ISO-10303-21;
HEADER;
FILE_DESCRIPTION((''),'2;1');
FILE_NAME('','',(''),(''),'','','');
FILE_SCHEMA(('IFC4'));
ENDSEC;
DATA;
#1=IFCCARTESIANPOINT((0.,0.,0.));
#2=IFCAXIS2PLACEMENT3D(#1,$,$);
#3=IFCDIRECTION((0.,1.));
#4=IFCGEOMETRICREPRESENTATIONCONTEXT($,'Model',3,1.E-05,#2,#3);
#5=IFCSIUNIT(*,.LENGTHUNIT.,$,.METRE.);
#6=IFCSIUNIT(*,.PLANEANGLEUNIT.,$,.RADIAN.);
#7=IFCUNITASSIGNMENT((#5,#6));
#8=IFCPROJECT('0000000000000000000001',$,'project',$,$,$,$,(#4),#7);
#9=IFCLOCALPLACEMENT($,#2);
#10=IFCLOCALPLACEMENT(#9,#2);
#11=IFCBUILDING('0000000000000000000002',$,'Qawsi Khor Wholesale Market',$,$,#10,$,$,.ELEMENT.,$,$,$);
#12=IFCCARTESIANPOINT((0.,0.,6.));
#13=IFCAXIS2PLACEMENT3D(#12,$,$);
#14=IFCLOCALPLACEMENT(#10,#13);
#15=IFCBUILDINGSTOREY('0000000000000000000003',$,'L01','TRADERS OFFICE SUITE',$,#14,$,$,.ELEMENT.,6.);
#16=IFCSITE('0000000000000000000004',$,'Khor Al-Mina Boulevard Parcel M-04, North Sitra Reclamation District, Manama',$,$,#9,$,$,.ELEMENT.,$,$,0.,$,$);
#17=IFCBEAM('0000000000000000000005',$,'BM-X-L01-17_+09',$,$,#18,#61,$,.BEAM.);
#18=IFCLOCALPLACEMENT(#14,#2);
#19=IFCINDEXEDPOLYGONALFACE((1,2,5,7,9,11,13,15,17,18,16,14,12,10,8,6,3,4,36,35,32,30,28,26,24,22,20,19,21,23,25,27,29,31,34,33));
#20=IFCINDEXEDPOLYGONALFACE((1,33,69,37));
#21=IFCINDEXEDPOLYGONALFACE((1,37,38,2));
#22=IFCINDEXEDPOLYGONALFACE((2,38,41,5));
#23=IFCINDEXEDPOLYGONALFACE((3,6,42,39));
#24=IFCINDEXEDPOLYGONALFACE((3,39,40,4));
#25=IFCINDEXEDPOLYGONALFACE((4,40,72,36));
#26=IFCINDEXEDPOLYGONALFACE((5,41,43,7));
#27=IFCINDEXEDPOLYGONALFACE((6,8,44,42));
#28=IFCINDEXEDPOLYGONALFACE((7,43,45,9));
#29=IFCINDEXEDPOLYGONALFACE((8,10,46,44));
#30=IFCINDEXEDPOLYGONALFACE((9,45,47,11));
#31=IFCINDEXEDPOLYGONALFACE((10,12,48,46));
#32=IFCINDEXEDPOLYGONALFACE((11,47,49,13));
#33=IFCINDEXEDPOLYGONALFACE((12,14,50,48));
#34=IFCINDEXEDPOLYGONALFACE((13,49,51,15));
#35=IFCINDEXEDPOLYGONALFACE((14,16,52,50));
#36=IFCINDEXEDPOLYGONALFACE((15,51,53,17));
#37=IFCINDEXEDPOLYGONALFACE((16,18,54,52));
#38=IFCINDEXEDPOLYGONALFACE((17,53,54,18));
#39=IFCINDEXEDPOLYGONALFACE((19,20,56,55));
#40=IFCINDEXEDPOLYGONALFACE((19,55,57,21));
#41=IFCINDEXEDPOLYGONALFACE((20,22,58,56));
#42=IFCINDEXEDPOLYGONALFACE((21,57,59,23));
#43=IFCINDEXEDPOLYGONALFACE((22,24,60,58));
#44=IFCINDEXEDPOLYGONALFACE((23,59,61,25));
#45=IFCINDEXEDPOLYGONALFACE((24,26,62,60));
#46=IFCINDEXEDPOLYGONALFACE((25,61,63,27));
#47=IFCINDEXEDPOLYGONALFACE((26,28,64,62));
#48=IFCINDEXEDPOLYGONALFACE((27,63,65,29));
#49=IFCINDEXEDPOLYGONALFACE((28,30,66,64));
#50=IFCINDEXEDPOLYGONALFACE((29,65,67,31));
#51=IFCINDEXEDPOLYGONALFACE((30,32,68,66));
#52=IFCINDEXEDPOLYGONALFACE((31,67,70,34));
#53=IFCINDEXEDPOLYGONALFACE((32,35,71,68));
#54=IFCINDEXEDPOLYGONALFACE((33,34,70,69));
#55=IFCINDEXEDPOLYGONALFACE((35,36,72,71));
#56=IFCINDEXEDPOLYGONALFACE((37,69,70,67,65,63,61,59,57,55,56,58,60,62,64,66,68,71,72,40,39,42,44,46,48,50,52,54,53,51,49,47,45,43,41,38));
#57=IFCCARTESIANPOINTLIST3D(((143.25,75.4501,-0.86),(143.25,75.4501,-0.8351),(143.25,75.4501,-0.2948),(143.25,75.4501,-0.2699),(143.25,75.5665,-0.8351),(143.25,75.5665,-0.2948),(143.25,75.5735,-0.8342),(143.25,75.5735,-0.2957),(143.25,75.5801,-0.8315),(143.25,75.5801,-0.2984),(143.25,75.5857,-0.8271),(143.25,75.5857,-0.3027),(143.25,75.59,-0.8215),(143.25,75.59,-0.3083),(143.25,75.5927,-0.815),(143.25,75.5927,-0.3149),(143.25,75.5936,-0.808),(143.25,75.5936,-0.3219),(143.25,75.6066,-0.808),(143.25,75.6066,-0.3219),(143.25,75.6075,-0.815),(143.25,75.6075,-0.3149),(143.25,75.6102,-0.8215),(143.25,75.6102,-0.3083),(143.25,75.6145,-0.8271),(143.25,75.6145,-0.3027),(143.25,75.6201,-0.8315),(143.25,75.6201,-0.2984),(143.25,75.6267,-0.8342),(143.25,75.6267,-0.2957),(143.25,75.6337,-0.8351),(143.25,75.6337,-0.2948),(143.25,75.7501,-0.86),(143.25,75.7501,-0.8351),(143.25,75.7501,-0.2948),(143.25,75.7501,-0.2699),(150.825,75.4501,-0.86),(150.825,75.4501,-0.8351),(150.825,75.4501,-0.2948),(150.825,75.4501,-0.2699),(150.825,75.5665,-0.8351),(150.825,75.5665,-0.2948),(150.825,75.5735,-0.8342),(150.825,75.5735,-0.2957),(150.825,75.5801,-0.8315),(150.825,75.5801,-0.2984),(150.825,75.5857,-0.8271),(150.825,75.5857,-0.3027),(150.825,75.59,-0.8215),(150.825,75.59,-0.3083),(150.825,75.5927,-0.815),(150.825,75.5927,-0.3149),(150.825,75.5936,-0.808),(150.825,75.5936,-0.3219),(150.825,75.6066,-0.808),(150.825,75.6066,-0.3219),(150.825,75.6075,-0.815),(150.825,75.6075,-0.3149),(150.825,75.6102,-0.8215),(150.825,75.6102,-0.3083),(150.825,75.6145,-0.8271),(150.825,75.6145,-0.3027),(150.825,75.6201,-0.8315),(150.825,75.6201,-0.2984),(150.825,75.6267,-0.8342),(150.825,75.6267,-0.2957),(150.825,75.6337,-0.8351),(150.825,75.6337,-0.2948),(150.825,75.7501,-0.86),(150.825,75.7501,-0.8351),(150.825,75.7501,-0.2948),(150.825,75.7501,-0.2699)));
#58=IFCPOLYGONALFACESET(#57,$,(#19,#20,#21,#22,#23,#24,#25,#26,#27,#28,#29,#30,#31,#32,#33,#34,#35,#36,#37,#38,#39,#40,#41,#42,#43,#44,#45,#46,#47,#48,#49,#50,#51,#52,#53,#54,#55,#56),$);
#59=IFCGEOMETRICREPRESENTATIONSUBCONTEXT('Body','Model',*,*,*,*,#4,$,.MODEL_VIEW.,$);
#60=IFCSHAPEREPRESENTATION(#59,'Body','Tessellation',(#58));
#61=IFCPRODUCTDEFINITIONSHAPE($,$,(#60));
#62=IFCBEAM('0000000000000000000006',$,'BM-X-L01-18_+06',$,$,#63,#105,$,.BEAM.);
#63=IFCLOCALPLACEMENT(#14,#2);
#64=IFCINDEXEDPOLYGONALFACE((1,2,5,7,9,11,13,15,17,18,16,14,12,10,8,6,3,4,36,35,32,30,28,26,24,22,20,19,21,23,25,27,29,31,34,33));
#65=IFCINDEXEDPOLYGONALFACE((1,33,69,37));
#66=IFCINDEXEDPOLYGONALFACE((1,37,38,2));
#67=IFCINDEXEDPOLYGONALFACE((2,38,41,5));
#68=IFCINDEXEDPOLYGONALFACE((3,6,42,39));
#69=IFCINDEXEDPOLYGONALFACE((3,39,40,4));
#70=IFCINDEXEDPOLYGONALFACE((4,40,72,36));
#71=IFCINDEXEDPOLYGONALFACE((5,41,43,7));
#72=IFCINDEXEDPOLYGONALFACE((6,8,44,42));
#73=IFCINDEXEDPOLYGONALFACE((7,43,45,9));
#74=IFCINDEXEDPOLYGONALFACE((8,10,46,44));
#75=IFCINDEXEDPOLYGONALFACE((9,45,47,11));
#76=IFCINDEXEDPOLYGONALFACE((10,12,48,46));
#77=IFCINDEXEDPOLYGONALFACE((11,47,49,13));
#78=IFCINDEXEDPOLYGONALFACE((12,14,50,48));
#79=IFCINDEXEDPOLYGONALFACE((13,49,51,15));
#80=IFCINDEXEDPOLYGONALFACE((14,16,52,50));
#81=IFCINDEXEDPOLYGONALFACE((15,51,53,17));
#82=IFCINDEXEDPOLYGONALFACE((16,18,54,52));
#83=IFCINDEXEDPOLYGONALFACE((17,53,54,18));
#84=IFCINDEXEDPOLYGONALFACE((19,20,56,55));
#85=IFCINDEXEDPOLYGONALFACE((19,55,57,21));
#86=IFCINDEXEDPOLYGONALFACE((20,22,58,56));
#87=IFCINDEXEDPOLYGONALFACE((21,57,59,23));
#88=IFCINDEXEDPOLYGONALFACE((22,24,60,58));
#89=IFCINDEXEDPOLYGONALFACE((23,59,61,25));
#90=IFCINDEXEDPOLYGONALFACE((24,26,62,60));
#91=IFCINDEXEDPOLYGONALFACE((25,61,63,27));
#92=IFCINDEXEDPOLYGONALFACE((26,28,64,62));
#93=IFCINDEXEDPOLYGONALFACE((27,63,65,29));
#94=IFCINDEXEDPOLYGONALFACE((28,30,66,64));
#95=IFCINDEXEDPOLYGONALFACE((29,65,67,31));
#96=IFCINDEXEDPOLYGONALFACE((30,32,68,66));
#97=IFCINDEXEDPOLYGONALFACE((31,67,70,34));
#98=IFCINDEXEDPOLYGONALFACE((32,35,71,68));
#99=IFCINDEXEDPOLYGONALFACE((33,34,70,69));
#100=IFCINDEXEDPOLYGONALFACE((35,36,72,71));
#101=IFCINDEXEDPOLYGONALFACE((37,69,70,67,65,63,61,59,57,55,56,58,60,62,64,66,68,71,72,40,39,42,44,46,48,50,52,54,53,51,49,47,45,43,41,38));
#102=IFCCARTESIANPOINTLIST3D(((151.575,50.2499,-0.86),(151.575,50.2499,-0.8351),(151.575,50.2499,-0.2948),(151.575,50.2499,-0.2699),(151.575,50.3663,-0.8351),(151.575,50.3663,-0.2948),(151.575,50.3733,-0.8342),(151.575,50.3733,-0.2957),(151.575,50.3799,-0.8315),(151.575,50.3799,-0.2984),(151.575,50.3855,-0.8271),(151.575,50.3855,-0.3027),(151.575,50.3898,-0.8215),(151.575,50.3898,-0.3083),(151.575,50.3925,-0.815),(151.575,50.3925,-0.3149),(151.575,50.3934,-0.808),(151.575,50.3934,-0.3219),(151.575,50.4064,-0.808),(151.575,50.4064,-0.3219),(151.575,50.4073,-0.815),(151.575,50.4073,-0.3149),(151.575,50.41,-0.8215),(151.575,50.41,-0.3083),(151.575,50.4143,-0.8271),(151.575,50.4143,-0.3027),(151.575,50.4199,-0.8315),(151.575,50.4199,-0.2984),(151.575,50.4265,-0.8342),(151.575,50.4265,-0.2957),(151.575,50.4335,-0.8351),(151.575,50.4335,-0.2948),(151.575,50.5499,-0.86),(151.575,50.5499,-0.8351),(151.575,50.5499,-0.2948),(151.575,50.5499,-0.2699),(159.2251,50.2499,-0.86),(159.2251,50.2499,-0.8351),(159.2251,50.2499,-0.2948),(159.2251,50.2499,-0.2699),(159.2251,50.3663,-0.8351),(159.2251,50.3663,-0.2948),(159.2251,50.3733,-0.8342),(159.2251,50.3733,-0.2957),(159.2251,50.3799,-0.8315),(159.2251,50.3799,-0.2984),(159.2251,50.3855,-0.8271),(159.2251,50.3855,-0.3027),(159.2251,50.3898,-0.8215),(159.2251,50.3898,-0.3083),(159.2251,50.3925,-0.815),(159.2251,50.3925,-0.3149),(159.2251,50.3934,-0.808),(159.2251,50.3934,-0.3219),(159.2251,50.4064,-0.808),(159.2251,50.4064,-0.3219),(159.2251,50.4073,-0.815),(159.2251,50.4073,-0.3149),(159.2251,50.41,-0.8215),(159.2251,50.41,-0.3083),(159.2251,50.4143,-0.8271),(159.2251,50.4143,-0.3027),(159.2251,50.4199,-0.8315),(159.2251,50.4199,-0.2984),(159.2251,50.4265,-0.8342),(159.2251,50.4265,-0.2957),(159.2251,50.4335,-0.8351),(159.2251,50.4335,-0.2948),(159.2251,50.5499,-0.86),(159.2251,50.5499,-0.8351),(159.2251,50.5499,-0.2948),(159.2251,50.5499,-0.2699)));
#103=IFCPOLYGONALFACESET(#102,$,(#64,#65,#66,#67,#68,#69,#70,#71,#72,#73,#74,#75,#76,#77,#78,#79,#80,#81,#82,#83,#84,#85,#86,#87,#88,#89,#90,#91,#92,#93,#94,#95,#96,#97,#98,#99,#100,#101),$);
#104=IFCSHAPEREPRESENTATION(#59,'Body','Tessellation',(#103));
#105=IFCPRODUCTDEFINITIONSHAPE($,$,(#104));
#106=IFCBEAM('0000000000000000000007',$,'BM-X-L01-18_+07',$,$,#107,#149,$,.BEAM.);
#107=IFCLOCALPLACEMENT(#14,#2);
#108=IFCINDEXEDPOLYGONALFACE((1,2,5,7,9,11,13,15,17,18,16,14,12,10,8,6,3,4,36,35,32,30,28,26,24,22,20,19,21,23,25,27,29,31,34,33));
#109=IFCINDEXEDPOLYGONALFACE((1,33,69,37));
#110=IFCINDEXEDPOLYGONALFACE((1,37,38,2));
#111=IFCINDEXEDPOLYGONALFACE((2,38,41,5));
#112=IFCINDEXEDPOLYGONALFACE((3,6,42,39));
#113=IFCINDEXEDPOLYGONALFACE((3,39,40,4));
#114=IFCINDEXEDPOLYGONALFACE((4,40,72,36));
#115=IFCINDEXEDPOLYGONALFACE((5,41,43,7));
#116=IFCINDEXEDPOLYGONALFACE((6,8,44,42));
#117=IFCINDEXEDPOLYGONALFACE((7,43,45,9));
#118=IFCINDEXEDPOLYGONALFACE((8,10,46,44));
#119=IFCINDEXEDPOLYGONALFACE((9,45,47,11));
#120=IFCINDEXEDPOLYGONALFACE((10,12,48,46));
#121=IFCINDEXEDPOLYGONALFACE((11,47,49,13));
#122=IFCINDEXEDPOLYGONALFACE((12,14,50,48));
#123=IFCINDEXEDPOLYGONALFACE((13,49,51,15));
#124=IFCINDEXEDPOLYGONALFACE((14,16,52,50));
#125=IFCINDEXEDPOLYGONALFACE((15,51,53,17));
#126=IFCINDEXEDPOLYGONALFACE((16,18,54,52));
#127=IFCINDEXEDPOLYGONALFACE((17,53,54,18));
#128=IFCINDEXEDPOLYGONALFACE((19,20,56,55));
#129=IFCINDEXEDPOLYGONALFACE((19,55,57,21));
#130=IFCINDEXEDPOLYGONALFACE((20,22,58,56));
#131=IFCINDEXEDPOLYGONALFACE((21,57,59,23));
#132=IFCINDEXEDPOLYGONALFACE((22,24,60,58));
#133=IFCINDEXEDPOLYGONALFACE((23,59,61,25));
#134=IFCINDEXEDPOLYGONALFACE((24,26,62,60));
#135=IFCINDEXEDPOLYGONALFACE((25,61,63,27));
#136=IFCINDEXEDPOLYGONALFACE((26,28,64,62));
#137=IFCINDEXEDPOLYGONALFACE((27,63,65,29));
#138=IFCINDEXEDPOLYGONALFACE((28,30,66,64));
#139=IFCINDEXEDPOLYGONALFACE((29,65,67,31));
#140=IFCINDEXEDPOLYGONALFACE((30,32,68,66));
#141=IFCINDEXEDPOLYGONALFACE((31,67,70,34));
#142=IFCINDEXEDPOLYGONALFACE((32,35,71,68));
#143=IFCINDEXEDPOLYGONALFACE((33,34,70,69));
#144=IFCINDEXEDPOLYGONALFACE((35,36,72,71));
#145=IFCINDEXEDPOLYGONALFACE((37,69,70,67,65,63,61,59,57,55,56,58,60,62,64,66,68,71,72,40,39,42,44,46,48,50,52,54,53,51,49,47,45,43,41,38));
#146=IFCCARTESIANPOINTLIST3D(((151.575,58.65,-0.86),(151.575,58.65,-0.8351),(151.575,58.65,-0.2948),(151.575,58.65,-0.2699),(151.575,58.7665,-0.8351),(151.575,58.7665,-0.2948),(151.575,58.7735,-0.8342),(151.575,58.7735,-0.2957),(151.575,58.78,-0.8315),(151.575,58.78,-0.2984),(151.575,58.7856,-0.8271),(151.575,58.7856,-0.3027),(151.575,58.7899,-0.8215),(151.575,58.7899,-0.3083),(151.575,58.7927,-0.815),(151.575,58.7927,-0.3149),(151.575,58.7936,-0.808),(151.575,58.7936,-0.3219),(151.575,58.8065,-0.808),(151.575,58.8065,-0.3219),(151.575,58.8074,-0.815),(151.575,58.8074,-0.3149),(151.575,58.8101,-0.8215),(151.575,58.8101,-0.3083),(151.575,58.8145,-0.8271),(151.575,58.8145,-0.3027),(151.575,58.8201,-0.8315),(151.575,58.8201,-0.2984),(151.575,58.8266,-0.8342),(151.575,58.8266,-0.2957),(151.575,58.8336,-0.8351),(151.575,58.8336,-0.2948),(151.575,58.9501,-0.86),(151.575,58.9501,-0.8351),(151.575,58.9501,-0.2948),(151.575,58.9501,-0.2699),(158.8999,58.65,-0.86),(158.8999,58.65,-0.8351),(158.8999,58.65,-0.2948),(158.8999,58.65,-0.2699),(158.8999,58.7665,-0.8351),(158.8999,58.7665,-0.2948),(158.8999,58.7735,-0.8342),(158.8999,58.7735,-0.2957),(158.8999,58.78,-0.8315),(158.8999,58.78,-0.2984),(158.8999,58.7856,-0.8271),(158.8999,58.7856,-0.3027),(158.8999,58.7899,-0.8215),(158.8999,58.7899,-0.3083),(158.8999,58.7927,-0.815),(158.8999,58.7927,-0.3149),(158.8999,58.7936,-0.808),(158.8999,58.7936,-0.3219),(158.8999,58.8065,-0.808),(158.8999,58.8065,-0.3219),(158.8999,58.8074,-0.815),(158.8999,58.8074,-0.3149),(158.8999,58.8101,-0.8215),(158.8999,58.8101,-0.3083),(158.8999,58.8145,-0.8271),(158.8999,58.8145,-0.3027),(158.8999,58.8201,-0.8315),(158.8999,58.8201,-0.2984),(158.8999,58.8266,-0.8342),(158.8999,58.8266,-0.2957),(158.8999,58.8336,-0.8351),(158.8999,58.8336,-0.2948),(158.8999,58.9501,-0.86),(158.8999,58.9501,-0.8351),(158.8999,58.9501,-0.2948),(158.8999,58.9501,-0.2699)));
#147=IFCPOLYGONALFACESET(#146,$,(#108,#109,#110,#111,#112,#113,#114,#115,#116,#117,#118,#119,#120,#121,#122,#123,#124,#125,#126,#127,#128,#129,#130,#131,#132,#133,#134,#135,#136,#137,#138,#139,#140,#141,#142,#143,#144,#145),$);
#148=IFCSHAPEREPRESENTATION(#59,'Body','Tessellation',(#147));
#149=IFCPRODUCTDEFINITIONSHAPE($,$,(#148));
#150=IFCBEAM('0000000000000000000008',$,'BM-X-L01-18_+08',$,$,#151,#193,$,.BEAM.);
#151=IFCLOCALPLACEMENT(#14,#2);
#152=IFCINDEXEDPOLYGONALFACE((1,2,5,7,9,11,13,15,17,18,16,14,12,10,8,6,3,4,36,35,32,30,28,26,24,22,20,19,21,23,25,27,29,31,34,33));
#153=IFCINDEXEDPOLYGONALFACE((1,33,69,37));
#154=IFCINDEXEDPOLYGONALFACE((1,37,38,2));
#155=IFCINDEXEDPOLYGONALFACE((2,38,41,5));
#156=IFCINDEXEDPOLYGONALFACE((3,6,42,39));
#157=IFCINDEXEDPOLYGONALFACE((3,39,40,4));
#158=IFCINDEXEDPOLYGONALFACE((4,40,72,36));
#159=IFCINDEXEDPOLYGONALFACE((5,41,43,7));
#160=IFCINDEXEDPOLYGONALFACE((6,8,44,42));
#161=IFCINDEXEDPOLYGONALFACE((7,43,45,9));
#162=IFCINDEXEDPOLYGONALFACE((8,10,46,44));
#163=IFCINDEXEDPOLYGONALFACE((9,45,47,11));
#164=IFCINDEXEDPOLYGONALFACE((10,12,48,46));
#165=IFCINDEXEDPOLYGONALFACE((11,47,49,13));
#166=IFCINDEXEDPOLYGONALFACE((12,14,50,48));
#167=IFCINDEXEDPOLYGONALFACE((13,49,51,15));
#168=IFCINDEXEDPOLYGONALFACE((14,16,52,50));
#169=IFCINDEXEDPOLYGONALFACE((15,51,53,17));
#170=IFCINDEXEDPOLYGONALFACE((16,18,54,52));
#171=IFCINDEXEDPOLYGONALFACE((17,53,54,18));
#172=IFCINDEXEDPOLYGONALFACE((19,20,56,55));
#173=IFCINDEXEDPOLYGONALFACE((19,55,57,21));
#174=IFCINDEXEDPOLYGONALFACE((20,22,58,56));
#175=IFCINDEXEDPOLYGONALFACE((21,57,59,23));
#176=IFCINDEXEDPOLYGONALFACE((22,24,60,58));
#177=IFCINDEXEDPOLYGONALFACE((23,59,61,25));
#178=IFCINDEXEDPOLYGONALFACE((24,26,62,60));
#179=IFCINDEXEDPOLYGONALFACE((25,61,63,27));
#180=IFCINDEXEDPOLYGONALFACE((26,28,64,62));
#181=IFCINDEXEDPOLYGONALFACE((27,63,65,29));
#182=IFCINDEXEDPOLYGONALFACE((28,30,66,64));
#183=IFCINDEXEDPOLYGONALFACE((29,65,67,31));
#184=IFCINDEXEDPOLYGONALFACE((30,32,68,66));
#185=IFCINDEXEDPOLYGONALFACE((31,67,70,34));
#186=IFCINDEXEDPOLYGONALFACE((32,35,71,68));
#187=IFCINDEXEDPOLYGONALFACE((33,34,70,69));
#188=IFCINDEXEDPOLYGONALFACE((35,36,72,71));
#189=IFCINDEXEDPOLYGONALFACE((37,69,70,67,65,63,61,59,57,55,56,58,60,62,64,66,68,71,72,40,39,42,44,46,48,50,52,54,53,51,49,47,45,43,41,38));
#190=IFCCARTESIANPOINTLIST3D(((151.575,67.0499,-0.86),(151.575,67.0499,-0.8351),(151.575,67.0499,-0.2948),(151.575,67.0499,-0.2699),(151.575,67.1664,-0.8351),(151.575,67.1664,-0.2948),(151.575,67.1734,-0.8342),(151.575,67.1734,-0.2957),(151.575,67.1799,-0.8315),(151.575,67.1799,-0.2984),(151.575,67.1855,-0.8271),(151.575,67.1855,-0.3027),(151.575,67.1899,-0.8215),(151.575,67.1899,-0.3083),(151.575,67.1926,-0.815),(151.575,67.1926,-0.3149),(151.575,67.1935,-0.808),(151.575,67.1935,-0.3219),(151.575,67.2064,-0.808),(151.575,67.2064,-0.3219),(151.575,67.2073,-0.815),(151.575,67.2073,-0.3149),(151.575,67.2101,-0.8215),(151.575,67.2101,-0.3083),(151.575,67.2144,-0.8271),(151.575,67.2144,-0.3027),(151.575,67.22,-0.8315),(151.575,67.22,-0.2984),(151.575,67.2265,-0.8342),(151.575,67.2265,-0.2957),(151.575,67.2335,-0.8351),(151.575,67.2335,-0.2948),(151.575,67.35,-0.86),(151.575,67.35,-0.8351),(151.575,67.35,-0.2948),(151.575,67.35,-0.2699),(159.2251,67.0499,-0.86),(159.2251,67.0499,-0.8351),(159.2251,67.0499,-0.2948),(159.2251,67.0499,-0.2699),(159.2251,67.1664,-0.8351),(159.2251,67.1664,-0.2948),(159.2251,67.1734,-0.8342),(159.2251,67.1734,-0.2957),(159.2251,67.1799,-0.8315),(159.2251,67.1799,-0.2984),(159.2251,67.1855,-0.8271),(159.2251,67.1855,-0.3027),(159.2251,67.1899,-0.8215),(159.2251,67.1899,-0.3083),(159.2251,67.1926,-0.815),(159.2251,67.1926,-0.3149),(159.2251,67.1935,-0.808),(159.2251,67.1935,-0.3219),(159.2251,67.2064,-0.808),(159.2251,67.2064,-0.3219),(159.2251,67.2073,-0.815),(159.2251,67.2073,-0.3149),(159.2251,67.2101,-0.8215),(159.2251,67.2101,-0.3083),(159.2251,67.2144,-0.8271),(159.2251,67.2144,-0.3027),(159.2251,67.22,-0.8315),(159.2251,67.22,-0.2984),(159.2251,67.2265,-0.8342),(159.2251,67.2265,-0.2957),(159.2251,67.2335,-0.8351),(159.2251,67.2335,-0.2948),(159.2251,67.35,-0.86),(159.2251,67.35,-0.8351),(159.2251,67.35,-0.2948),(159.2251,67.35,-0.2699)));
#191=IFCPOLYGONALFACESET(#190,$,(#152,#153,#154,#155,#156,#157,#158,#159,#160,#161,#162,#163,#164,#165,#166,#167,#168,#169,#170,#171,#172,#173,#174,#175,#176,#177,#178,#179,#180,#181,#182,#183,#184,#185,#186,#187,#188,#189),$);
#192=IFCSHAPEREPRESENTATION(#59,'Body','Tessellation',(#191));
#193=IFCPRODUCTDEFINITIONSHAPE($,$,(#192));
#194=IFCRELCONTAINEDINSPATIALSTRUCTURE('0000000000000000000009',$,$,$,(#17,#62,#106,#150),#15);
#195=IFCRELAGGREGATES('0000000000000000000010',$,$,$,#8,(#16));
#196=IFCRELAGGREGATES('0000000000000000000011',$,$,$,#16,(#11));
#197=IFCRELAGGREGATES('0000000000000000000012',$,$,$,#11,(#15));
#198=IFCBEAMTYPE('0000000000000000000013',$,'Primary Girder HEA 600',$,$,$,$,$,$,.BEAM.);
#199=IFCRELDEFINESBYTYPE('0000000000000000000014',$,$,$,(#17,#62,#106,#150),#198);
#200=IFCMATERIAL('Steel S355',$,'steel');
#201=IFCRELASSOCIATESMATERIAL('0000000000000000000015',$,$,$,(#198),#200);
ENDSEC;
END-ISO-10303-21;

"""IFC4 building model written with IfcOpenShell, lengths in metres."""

from ifc_helpers import new_model, si_unit, direction, frame, origin, origin_2d, place, context, subcontext, project, spatial, i_section, extrude, material, material_profile, profile_set, type_object, element, save


model = new_model("IFC4")

# Units and contexts
model_context = context("Model", 3, precision=1e-05, world=origin(), true_north=direction((0.0, 1.0)))
body_context = subcontext(model_context, "Body", "Model", "MODEL_VIEW")
ifc_project = project(units=[si_unit("LENGTHUNIT", "METRE"), si_unit("PLANEANGLEUNIT", "RADIAN")], contexts=[model_context])

# Site, building, storey
site_placement = place(None, origin())
site = spatial("IfcSite", under=ifc_project, at=site_placement, Name="Khor Al-Mina Boulevard Parcel M-04, North Sitra Reclamation District, Manama", CompositionType="ELEMENT", RefElevation=0.0)
building_placement = place(site_placement, origin())
building = spatial("IfcBuilding", under=site, at=building_placement, Name="Qawsi Khor Wholesale Market", CompositionType="ELEMENT")
storey_placement = place(building_placement, frame((0.0, 0.0, 6.0)))
storey = spatial("IfcBuildingStorey", under=building, at=storey_placement, Name="L01", Description="TRADERS OFFICE SUITE", CompositionType="ELEMENT", Elevation=6.0)

# Beams
ifc_material_1 = material(Name="Steel S355", Category="steel")
ifc_material_profile_1 = material_profile(ifc_material_1, i_section(OverallWidth=0.3, OverallDepth=0.5901, WebThickness=0.0129, FlangeThickness=0.0249, FilletRadius=0.0271, at=origin_2d()), Name="HEA 600")
ifc_profile_set_1 = profile_set([ifc_material_profile_1], Name="Steel S355")
beam_type_1 = type_object("IfcBeamType", Name="Primary Girder HEA 600", PredefinedType="BEAM", material=ifc_profile_set_1)
for number, where, z_axis, x_axis, name in (
    (1, (143.25, 75.6001, -0.5649), (1.0, 0.0, 0.0), (0.0, 1.0, 0.0), "BM-X-L01-17_+09"),
):
    element("IfcBeam", number, at=place(storey_placement, frame(where, z_axis=z_axis, x_axis=x_axis)), inside=storey, type_object=beam_type_1, Name=name, PredefinedType="BEAM", context=body_context, shape_type="SweptSolid", body=[
        extrude(i_section(OverallWidth=0.3, OverallDepth=0.5901, WebThickness=0.0129, FlangeThickness=0.0249, FilletRadius=0.0271, at=origin_2d()), origin(), (0.0, 0.0, 1.0), 7.575),
    ])
beam_1_placement = place(storey_placement, frame((151.575, 50.3999, -0.5649), z_axis=(1.0, 0.0, 0.0), x_axis=(0.0, 1.0, 0.0)))
element("IfcBeam", 2, at=beam_1_placement, inside=storey, type_object=beam_type_1, Name="BM-X-L01-18_+06", PredefinedType="BEAM", context=body_context, shape_type="SweptSolid", body=[
    extrude(i_section(OverallWidth=0.3, OverallDepth=0.5901, WebThickness=0.0129, FlangeThickness=0.0249, FilletRadius=0.0271, at=origin_2d()), origin(), (0.0, 0.0, 1.0), 7.6501),
])
beam_2_placement = place(storey_placement, frame((151.575, 58.8, -0.5649), z_axis=(1.0, 0.0, 0.0), x_axis=(0.0, 1.0, 0.0)))
element("IfcBeam", 3, at=beam_2_placement, inside=storey, type_object=beam_type_1, Name="BM-X-L01-18_+07", PredefinedType="BEAM", context=body_context, shape_type="SweptSolid", body=[
    extrude(i_section(OverallWidth=0.3, OverallDepth=0.5901, WebThickness=0.0129, FlangeThickness=0.0249, FilletRadius=0.0271, at=origin_2d()), origin(), (0.0, 0.0, 1.0), 7.325),
])
for number, where, z_axis, x_axis, name in (
    (4, (151.575, 67.2, -0.5649), (1.0, 0.0, 0.0), (0.0, 1.0, 0.0), "BM-X-L01-18_+08"),
):
    element("IfcBeam", number, at=place(storey_placement, frame(where, z_axis=z_axis, x_axis=x_axis)), inside=storey, type_object=beam_type_1, Name=name, PredefinedType="BEAM", context=body_context, shape_type="SweptSolid", body=[
        extrude(i_section(OverallWidth=0.3, OverallDepth=0.5901, WebThickness=0.0129, FlangeThickness=0.0249, FilletRadius=0.0271, at=origin_2d()), origin(), (0.0, 0.0, 1.0), 7.6501),
    ])

save(model, "model.ifc")
